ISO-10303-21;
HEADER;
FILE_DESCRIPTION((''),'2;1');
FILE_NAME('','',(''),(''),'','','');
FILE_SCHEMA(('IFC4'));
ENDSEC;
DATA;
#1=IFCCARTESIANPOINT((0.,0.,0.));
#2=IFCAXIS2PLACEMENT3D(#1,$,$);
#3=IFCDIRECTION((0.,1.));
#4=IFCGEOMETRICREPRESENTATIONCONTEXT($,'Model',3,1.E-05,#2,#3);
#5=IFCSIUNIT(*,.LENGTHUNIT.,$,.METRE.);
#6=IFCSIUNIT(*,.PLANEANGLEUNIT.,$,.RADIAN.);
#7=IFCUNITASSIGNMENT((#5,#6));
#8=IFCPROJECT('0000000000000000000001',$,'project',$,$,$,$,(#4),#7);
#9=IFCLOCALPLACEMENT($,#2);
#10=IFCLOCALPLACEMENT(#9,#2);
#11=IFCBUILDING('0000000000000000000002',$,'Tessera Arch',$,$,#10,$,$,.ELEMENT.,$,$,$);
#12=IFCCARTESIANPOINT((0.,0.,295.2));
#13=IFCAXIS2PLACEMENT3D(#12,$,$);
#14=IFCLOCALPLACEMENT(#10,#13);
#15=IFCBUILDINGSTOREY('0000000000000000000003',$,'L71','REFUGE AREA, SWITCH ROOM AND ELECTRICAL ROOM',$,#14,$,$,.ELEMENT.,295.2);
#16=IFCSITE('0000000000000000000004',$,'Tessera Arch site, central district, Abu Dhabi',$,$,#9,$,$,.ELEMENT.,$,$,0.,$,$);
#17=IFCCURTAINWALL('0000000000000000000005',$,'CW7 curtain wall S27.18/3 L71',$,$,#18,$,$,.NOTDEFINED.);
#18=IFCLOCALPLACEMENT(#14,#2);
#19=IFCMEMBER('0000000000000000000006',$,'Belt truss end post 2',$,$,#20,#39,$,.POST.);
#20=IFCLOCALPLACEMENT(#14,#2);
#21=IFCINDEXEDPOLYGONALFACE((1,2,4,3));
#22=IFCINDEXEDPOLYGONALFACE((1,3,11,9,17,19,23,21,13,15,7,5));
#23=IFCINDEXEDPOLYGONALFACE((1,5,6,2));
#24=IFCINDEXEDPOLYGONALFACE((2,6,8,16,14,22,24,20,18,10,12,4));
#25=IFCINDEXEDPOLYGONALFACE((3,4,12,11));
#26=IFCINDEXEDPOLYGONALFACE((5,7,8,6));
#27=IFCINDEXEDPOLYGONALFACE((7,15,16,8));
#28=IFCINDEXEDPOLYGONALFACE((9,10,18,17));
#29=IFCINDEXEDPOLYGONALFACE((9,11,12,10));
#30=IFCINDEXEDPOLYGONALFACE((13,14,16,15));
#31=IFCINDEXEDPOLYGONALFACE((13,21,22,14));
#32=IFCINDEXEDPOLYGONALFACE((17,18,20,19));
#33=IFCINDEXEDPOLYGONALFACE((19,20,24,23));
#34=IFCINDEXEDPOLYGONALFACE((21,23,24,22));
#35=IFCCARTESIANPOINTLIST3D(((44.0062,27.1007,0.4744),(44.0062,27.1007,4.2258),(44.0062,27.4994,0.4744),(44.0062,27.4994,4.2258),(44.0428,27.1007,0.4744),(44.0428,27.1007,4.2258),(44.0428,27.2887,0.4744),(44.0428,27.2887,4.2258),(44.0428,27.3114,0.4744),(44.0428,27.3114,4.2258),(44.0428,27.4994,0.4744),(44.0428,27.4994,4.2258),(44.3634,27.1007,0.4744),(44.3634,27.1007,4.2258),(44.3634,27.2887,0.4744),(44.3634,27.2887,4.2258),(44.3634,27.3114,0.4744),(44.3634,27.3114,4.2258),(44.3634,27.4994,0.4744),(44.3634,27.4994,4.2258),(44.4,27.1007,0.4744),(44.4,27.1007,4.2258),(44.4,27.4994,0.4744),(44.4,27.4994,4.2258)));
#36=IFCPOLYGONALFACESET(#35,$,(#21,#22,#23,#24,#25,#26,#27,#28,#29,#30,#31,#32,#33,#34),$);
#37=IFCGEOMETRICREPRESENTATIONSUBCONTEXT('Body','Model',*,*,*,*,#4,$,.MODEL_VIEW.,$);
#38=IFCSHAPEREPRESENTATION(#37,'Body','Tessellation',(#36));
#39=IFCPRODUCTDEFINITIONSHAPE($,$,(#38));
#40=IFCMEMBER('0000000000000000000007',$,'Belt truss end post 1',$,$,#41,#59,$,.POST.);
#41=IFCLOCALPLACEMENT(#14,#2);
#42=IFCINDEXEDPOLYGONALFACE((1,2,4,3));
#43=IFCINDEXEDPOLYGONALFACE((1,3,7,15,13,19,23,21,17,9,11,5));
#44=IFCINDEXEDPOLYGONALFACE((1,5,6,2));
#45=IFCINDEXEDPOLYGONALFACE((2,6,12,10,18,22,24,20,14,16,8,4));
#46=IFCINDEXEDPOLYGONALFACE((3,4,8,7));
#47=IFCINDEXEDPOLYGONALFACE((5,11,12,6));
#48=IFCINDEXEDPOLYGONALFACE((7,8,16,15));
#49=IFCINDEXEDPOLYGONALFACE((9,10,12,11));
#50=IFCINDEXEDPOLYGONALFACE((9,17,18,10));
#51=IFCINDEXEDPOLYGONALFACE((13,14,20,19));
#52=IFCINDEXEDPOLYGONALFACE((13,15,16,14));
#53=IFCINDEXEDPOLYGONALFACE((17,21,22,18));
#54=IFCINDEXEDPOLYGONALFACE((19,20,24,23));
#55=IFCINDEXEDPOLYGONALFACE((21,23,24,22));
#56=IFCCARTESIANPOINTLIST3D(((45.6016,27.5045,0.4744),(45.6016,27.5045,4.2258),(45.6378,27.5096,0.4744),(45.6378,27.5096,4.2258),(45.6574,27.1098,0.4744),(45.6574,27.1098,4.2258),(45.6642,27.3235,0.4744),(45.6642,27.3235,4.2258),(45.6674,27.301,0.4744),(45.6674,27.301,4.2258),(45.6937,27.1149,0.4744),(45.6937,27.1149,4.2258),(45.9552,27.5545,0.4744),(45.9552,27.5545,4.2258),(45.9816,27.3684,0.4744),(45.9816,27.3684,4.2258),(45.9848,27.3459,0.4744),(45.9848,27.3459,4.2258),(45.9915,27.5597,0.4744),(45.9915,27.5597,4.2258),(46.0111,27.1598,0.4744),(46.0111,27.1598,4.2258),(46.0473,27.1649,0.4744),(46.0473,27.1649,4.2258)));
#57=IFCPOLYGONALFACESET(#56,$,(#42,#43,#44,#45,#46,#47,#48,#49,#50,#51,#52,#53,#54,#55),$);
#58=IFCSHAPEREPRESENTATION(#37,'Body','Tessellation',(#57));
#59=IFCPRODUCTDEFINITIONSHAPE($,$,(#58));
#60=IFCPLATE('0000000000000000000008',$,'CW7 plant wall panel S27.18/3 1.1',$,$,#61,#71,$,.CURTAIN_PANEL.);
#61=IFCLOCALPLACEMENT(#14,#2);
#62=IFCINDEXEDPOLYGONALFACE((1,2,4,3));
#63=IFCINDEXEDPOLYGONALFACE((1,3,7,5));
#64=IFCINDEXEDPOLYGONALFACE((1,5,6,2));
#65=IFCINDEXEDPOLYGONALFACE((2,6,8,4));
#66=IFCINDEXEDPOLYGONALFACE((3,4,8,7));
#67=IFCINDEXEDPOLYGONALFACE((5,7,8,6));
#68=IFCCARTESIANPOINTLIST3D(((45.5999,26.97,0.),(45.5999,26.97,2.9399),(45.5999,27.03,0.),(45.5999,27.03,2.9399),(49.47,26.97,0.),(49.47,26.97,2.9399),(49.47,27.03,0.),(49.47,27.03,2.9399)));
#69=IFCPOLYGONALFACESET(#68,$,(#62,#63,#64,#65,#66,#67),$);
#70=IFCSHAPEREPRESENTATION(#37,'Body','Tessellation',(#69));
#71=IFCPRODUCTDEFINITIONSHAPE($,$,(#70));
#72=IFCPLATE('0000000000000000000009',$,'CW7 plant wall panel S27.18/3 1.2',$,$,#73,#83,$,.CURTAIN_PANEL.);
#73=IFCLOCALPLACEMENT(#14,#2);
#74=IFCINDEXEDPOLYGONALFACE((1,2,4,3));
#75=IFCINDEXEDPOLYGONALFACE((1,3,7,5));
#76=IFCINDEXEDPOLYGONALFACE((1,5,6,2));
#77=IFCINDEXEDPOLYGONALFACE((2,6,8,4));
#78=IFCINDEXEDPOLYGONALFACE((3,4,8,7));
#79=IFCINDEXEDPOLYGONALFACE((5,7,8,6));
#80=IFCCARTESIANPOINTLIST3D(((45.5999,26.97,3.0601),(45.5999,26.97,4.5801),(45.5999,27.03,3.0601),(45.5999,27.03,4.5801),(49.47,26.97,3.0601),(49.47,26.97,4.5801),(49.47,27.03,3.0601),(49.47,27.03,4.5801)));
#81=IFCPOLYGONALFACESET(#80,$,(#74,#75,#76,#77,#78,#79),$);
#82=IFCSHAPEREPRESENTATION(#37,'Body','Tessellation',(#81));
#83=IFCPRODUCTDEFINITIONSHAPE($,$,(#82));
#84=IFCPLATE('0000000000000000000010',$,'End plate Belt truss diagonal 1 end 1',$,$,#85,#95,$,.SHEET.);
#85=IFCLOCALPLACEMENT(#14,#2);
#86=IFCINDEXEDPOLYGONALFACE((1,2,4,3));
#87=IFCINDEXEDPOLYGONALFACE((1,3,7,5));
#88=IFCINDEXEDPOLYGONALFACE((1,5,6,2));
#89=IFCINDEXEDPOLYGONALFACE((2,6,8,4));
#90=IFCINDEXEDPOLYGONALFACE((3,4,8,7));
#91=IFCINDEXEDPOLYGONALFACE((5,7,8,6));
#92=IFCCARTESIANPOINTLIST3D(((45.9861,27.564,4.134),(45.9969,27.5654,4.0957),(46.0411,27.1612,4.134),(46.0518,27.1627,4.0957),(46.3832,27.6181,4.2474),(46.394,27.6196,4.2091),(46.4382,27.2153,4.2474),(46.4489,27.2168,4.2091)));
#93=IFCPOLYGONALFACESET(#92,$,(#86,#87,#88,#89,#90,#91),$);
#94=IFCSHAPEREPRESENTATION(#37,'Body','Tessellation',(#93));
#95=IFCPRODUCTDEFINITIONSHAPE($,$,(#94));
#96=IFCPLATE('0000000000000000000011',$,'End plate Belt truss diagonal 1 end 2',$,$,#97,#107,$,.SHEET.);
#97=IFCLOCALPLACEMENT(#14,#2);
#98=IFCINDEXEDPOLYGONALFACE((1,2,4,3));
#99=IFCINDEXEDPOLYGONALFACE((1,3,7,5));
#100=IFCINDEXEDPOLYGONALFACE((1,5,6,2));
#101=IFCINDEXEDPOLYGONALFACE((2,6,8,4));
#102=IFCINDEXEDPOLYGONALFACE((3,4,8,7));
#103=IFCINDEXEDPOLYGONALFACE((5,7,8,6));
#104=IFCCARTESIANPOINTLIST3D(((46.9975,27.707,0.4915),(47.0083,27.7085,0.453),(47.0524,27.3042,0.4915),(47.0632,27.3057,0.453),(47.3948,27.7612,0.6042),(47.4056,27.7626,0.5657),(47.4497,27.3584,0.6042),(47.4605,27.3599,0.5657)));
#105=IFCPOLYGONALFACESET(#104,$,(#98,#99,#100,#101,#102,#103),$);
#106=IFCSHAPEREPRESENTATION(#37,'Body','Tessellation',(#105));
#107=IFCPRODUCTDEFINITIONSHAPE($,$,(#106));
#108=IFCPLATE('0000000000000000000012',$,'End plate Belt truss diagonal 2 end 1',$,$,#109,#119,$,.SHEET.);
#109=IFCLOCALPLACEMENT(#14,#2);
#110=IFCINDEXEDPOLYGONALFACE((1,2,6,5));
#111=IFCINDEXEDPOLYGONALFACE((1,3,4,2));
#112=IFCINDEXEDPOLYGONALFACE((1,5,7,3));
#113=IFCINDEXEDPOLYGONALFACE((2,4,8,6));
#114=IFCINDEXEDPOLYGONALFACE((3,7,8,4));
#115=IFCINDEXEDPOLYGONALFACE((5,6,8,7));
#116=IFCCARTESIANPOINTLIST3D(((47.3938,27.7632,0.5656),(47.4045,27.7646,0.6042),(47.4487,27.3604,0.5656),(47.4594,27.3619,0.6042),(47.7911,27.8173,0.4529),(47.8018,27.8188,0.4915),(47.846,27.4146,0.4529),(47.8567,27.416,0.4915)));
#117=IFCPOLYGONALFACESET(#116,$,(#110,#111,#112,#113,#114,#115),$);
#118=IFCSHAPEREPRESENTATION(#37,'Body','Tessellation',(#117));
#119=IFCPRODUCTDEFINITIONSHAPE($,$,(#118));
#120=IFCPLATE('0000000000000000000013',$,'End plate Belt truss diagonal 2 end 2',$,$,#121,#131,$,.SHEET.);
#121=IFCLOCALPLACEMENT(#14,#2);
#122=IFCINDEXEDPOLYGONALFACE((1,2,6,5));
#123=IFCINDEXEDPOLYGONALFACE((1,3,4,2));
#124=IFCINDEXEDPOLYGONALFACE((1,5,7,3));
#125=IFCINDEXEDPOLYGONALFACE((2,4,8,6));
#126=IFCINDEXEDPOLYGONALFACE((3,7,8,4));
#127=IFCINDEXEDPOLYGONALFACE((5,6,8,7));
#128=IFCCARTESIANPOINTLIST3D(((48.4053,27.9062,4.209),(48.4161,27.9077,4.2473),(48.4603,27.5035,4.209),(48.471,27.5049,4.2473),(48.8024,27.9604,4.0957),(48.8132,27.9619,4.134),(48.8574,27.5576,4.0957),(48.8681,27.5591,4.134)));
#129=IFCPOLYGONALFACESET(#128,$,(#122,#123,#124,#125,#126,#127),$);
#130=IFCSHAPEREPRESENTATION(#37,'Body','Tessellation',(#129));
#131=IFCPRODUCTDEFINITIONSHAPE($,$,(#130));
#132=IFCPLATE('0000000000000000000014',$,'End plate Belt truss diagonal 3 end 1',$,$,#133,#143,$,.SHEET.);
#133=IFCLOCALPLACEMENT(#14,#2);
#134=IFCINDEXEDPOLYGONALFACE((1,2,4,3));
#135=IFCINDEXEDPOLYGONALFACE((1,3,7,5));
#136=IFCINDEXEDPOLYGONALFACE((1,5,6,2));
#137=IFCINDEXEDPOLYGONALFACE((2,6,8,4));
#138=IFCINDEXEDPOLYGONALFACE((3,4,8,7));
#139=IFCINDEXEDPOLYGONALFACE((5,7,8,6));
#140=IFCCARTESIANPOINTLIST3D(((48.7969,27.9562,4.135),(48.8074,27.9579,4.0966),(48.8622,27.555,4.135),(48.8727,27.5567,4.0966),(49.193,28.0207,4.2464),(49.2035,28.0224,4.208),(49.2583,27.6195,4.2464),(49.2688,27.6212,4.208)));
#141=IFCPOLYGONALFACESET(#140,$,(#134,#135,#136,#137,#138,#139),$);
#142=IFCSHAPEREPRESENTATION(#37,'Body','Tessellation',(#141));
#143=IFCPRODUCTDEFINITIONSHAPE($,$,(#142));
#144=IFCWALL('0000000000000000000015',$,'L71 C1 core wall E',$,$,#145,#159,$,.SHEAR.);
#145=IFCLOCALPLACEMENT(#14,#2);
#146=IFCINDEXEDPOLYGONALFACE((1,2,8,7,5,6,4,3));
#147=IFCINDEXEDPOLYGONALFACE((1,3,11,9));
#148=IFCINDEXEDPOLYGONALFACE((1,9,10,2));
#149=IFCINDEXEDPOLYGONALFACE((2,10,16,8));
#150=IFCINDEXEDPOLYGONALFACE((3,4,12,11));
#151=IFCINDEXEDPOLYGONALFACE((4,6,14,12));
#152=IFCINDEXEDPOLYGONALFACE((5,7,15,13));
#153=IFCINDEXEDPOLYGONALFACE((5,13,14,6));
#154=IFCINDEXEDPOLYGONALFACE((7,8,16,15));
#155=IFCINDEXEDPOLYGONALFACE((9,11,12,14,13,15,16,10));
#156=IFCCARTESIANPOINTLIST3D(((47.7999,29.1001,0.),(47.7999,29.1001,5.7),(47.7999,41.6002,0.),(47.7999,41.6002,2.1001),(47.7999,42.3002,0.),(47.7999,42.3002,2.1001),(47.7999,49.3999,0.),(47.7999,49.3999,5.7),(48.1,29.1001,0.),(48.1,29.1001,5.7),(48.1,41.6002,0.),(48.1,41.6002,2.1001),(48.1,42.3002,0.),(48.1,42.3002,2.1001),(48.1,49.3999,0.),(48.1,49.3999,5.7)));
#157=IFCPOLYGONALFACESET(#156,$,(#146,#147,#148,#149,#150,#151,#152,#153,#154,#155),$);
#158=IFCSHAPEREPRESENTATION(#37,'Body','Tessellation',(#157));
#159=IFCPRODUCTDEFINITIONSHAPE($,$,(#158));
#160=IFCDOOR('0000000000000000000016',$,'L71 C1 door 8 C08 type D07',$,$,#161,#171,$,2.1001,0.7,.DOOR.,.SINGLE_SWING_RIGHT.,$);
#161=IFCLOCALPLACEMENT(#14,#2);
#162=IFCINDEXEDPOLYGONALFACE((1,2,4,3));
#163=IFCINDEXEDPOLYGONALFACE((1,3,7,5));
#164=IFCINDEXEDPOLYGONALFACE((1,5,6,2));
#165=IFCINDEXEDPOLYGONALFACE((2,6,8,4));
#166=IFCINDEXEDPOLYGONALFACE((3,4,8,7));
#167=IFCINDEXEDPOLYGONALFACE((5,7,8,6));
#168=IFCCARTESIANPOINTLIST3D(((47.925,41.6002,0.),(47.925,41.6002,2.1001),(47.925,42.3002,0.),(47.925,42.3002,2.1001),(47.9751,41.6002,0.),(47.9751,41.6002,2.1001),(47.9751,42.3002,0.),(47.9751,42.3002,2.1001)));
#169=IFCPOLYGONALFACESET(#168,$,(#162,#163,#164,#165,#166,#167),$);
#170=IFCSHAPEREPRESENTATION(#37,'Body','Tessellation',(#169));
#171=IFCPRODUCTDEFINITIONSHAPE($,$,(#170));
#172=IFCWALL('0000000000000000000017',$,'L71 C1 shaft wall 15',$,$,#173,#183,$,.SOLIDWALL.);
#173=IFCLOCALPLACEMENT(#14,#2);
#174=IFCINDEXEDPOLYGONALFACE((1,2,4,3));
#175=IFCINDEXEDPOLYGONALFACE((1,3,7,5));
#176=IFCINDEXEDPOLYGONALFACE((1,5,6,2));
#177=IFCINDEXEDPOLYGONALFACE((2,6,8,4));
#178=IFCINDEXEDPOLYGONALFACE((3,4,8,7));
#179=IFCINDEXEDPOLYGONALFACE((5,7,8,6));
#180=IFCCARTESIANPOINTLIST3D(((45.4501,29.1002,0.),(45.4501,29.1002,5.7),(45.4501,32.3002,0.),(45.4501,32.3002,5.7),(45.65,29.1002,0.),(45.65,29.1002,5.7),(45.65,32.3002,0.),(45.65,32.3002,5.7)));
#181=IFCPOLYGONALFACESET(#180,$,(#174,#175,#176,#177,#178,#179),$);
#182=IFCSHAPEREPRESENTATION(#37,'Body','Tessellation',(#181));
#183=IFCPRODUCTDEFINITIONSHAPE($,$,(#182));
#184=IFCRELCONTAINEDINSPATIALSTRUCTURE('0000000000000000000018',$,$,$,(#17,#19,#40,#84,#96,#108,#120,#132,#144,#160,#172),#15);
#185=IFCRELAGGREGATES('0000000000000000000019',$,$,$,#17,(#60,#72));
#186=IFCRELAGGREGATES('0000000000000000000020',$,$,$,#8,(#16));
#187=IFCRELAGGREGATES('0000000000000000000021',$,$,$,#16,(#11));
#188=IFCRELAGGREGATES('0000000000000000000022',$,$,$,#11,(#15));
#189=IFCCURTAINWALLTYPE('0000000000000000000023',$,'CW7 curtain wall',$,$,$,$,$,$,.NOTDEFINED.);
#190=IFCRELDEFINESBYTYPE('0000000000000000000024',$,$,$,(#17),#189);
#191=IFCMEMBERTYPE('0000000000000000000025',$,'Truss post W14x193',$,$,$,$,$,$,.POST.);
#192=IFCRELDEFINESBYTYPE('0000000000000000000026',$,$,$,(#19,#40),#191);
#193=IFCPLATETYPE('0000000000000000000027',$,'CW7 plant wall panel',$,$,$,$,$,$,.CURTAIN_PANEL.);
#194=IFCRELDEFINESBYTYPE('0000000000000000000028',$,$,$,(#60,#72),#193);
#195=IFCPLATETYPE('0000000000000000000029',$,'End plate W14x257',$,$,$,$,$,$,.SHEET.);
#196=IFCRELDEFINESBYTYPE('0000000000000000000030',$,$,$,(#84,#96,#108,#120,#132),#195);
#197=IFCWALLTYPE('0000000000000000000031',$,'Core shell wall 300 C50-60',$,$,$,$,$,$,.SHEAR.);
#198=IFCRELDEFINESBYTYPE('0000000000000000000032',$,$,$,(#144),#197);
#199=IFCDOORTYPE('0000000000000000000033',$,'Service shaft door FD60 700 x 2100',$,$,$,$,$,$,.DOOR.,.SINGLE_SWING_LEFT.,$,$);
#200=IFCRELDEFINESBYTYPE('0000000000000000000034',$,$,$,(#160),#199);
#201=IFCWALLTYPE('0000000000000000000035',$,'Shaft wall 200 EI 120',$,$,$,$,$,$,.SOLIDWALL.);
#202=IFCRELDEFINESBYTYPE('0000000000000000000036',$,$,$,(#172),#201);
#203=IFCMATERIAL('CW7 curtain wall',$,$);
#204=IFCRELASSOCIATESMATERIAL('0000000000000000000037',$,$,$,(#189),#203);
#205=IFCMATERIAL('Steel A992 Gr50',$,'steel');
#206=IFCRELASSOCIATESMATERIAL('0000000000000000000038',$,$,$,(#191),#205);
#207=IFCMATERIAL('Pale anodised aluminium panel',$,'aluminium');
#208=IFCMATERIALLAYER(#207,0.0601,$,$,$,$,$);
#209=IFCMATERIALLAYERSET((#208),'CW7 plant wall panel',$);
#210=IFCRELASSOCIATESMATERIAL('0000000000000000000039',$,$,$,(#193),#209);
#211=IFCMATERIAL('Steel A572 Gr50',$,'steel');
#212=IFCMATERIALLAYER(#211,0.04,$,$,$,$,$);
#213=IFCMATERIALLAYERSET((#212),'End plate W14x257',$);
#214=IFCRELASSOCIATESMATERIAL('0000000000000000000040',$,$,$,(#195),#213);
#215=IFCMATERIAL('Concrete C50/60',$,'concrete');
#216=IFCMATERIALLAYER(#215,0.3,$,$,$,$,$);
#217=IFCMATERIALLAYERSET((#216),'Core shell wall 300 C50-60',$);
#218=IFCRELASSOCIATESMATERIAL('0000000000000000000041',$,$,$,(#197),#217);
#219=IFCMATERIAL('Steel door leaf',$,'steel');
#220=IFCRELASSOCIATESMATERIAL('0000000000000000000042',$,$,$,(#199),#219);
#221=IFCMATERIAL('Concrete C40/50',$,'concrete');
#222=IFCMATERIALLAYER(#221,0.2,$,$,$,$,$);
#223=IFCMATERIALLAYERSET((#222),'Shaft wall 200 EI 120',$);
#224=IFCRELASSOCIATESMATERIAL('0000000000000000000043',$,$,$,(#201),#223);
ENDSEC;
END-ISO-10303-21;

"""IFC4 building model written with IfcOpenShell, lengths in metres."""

from ifc_helpers import new_model, si_unit, direction, frame, frame_2d, origin, origin_2d, place, context, subcontext, project, spatial, rectangle, i_section, extrude, material, layer, layer_set, material_profile, profile_set, type_object, element, fill, aggregate, save


model = new_model("IFC4")

# Units and contexts
model_context = context("Model", 3, precision=1e-05, world=origin(), true_north=direction((0.0, 1.0)))
body_context = subcontext(model_context, "Body", "Model", "MODEL_VIEW")
ifc_project = project(units=[si_unit("LENGTHUNIT", "METRE"), si_unit("PLANEANGLEUNIT", "RADIAN")], contexts=[model_context])

# Site, building, storey
site_placement = place(None, origin())
site = spatial("IfcSite", under=ifc_project, at=site_placement, Name="Tessera Arch site, central district, Abu Dhabi", CompositionType="ELEMENT", RefElevation=0.0)
building_placement = place(site_placement, origin())
building = spatial("IfcBuilding", under=site, at=building_placement, Name="Tessera Arch", CompositionType="ELEMENT")
storey_placement = place(building_placement, frame((0.0, 0.0, 295.2)))
storey = spatial("IfcBuildingStorey", under=building, at=storey_placement, Name="L71", Description="REFUGE AREA, SWITCH ROOM AND ELECTRICAL ROOM", CompositionType="ELEMENT", Elevation=295.2)

# Curtain wall
ifc_material_1 = material(Name="CW7 curtain wall")
curtain_wall_type = type_object("IfcCurtainWallType", Name="CW7 curtain wall", PredefinedType="NOTDEFINED", material=ifc_material_1)
curtain_wall_placement = place(storey_placement, origin())
curtain_wall = element("IfcCurtainWall", 1, at=curtain_wall_placement, inside=storey, type_object=curtain_wall_type, Name="CW7 curtain wall S27.18/3 L71", PredefinedType="NOTDEFINED")

# Members
ifc_material_2 = material(Name="Steel A992 Gr50", Category="steel")
ifc_material_profile_1 = material_profile(ifc_material_2, i_section(OverallWidth=0.3987, OverallDepth=0.3938, WebThickness=0.0227, FlangeThickness=0.0366, at=origin_2d()), Name="W14x193")
ifc_profile_set_1 = profile_set([ifc_material_profile_1], Name="Steel A992 Gr50")
member_type_1 = type_object("IfcMemberType", Name="Truss post W14x193", PredefinedType="POST", material=ifc_profile_set_1)
for number, where, z_axis, x_axis, name in (
    (2, (44.2031, 27.3, 0.4744), (0.0, 0.0, 1.0), (0.0, 1.0, 0.0), "Belt truss end post 2"),
    (3, (45.8245, 27.3347, 0.4744), (0.0, 0.0, 1.0), (-0.140089, 0.990139, 0.0), "Belt truss end post 1"),
):
    element("IfcMember", number, at=place(storey_placement, frame(where, z_axis=z_axis, x_axis=x_axis)), inside=storey, type_object=member_type_1, Name=name, PredefinedType="POST", context=body_context, shape_type="SweptSolid", body=[
        extrude(i_section(OverallWidth=0.3987, OverallDepth=0.3938, WebThickness=0.0227, FlangeThickness=0.0366, at=origin_2d()), origin(), (0.0, 0.0, 1.0), 3.7515),
    ])

# Plates
ifc_material_3 = material(Name="Pale anodised aluminium panel", Category="aluminium")
ifc_layer_1 = layer(ifc_material_3, 0.0601)
ifc_layer_set_1 = layer_set([ifc_layer_1], Name="CW7 plant wall panel")
plate_type_1 = type_object("IfcPlateType", Name="CW7 plant wall panel", PredefinedType="CURTAIN_PANEL", material=ifc_layer_set_1)
plate_1_placement = place(storey_placement, frame((47.5349, 27.0, 0.0), z_axis=(0.0, 0.0, 1.0), x_axis=(1.0, 0.0, 0.0)))
plate_1 = element("IfcPlate", 4, at=plate_1_placement, type_object=plate_type_1, Name="CW7 plant wall panel S27.18/3 1.1", PredefinedType="CURTAIN_PANEL", context=body_context, shape_type="SweptSolid", body=[
    extrude(rectangle(XDim=3.8701, YDim=0.0601, at=origin_2d()), origin(), (0.0, 0.0, 1.0), 2.9399),
])
plate_2_placement = place(storey_placement, frame((47.5349, 27.0, 3.0601), z_axis=(0.0, 0.0, 1.0), x_axis=(1.0, 0.0, 0.0)))
plate_2 = element("IfcPlate", 5, at=plate_2_placement, type_object=plate_type_1, Name="CW7 plant wall panel S27.18/3 1.2", PredefinedType="CURTAIN_PANEL", context=body_context, shape_type="SweptSolid", body=[
    extrude(rectangle(XDim=3.8701, YDim=0.0601, at=origin_2d()), origin(), (0.0, 0.0, 1.0), 1.52),
])
aggregate(curtain_wall, [plate_1, plate_2])

# Plates
ifc_material_4 = material(Name="Steel A572 Gr50", Category="steel")
ifc_layer_2 = layer(ifc_material_4, 0.04)
ifc_layer_set_2 = layer_set([ifc_layer_2], Name="End plate W14x257")
plate_type_2 = type_object("IfcPlateType", Name="End plate W14x257", PredefinedType="SHEET", material=ifc_layer_set_2)
plate_3_placement = place(storey_placement, frame((46.2122, 27.3896, 4.1907), z_axis=(0.269675, 0.036774, -0.962249), x_axis=(-0.135113, 0.99083, 0.0)))
element("IfcPlate", 6, at=plate_3_placement, inside=storey, type_object=plate_type_2, Name="End plate Belt truss diagonal 1 end 1", PredefinedType="SHEET", context=body_context, shape_type="SweptSolid", body=[
    extrude(rectangle(XDim=0.4065, YDim=0.4165, at=origin_2d()), origin(), (0.0, 0.0, 1.0), 0.0398),
])
for number, where, z_axis, x_axis, name in (
    (7, (47.2236, 27.5327, 0.5479), (0.268093, 0.036558, -0.962699), (-0.135113, 0.99083, 0.0), "End plate Belt truss diagonal 1 end 2"),
    (8, (47.6199, 27.5889, 0.5093), (0.268093, 0.036558, 0.962699), (-0.135113, 0.99083, 0.0), "End plate Belt truss diagonal 2 end 1"),
):
    element("IfcPlate", number, at=place(storey_placement, frame(where, z_axis=z_axis, x_axis=x_axis)), inside=storey, type_object=plate_type_2, Name=name, PredefinedType="SHEET", context=body_context, shape_type="SweptSolid", body=[
        extrude(rectangle(XDim=0.4065, YDim=0.4165, at=origin_2d()), origin(), (0.0, 0.0, 1.0), 0.04),
    ])
for number, where, z_axis, x_axis, name in (
    (9, (48.6313, 27.7319, 4.1523), (0.269675, 0.036774, 0.962249), (-0.135113, 0.99083, 0.0), "End plate Belt truss diagonal 2 end 2"),
    (10, (49.0276, 27.7878, 4.1907), (0.263913, 0.042963, -0.963589), (-0.160676, 0.987007, 0.0), "End plate Belt truss diagonal 3 end 1"),
):
    element("IfcPlate", number, at=place(storey_placement, frame(where, z_axis=z_axis, x_axis=x_axis)), inside=storey, type_object=plate_type_2, Name=name, PredefinedType="SHEET", context=body_context, shape_type="SweptSolid", body=[
        extrude(rectangle(XDim=0.4065, YDim=0.4165, at=origin_2d()), origin(), (0.0, 0.0, 1.0), 0.0398),
    ])

# Wall, opening, door
ifc_material_5 = material(Name="Concrete C50/60", Category="concrete")
ifc_layer_3 = layer(ifc_material_5, 0.3)
ifc_layer_set_3 = layer_set([ifc_layer_3], Name="Core shell wall 300 C50-60")
wall_type_1 = type_object("IfcWallType", Name="Core shell wall 300 C50-60", PredefinedType="SHEAR", material=ifc_layer_set_3)
wall_1_placement = place(storey_placement, frame((47.95, 29.1001, 0.0), z_axis=(0.0, 0.0, 1.0), x_axis=(0.0, 1.0, 0.0)))
wall_1 = element("IfcWall", 11, at=wall_1_placement, inside=storey, type_object=wall_type_1, Name="L71 C1 core wall E", PredefinedType="SHEAR", context=body_context, shape_type="SweptSolid", body=[
    extrude(rectangle(XDim=20.2998, YDim=0.3, at=frame_2d((10.1499, 0.0))), origin(), (0.0, 0.0, 1.0), 5.7),
])
opening_placement = place(wall_1_placement, frame((12.5, 0.0, 0.0)))
opening = element("IfcOpeningElement", 12, at=opening_placement, cuts=wall_1, PredefinedType="OPENING", context=body_context, shape_type="SweptSolid", body=[
    extrude(rectangle(XDim=0.7, YDim=2.1001, at=frame_2d((0.3501, 1.05))), frame((0.0, 0.1599, 0.0), z_axis=(0.0, -1.0, 0.0), x_axis=(1.0, 0.0, 0.0)), (0.0, 0.0, 1.0), 0.3201),
])
ifc_material_6 = material(Name="Steel door leaf", Category="steel")
door_type = type_object("IfcDoorType", Name="Service shaft door FD60 700 x 2100", OperationType="SINGLE_SWING_LEFT", PredefinedType="DOOR", material=ifc_material_6)
door_placement = place(opening_placement, origin())
door = element("IfcDoor", 13, at=door_placement, inside=storey, type_object=door_type, Name="L71 C1 door 8 C08 type D07", OperationType="SINGLE_SWING_RIGHT", OverallHeight=2.1001, OverallWidth=0.7, PredefinedType="DOOR", context=body_context, shape_type="SweptSolid", body=[
    extrude(rectangle(XDim=0.7, YDim=2.1001, at=frame_2d((0.3501, 1.05))), frame((0.0, 0.0249, 0.0), z_axis=(0.0, -1.0, 0.0), x_axis=(1.0, 0.0, 0.0)), (0.0, 0.0, 1.0), 0.05),
])
fill(opening, door)

# Wall
ifc_material_7 = material(Name="Concrete C40/50", Category="concrete")
ifc_layer_4 = layer(ifc_material_7, 0.2)
ifc_layer_set_4 = layer_set([ifc_layer_4], Name="Shaft wall 200 EI 120")
wall_type_2 = type_object("IfcWallType", Name="Shaft wall 200 EI 120", PredefinedType="SOLIDWALL", material=ifc_layer_set_4)
wall_2_placement = place(storey_placement, frame((45.55, 29.1001, 0.0), z_axis=(0.0, 0.0, 1.0), x_axis=(0.0, 1.0, 0.0)))
element("IfcWall", 14, at=wall_2_placement, inside=storey, type_object=wall_type_2, Name="L71 C1 shaft wall 15", PredefinedType="SOLIDWALL", context=body_context, shape_type="SweptSolid", body=[
    extrude(rectangle(XDim=3.2, YDim=0.2, at=frame_2d((1.6001, 0.0))), origin(), (0.0, 0.0, 1.0), 5.7),
])

save(model, "model.ifc")
